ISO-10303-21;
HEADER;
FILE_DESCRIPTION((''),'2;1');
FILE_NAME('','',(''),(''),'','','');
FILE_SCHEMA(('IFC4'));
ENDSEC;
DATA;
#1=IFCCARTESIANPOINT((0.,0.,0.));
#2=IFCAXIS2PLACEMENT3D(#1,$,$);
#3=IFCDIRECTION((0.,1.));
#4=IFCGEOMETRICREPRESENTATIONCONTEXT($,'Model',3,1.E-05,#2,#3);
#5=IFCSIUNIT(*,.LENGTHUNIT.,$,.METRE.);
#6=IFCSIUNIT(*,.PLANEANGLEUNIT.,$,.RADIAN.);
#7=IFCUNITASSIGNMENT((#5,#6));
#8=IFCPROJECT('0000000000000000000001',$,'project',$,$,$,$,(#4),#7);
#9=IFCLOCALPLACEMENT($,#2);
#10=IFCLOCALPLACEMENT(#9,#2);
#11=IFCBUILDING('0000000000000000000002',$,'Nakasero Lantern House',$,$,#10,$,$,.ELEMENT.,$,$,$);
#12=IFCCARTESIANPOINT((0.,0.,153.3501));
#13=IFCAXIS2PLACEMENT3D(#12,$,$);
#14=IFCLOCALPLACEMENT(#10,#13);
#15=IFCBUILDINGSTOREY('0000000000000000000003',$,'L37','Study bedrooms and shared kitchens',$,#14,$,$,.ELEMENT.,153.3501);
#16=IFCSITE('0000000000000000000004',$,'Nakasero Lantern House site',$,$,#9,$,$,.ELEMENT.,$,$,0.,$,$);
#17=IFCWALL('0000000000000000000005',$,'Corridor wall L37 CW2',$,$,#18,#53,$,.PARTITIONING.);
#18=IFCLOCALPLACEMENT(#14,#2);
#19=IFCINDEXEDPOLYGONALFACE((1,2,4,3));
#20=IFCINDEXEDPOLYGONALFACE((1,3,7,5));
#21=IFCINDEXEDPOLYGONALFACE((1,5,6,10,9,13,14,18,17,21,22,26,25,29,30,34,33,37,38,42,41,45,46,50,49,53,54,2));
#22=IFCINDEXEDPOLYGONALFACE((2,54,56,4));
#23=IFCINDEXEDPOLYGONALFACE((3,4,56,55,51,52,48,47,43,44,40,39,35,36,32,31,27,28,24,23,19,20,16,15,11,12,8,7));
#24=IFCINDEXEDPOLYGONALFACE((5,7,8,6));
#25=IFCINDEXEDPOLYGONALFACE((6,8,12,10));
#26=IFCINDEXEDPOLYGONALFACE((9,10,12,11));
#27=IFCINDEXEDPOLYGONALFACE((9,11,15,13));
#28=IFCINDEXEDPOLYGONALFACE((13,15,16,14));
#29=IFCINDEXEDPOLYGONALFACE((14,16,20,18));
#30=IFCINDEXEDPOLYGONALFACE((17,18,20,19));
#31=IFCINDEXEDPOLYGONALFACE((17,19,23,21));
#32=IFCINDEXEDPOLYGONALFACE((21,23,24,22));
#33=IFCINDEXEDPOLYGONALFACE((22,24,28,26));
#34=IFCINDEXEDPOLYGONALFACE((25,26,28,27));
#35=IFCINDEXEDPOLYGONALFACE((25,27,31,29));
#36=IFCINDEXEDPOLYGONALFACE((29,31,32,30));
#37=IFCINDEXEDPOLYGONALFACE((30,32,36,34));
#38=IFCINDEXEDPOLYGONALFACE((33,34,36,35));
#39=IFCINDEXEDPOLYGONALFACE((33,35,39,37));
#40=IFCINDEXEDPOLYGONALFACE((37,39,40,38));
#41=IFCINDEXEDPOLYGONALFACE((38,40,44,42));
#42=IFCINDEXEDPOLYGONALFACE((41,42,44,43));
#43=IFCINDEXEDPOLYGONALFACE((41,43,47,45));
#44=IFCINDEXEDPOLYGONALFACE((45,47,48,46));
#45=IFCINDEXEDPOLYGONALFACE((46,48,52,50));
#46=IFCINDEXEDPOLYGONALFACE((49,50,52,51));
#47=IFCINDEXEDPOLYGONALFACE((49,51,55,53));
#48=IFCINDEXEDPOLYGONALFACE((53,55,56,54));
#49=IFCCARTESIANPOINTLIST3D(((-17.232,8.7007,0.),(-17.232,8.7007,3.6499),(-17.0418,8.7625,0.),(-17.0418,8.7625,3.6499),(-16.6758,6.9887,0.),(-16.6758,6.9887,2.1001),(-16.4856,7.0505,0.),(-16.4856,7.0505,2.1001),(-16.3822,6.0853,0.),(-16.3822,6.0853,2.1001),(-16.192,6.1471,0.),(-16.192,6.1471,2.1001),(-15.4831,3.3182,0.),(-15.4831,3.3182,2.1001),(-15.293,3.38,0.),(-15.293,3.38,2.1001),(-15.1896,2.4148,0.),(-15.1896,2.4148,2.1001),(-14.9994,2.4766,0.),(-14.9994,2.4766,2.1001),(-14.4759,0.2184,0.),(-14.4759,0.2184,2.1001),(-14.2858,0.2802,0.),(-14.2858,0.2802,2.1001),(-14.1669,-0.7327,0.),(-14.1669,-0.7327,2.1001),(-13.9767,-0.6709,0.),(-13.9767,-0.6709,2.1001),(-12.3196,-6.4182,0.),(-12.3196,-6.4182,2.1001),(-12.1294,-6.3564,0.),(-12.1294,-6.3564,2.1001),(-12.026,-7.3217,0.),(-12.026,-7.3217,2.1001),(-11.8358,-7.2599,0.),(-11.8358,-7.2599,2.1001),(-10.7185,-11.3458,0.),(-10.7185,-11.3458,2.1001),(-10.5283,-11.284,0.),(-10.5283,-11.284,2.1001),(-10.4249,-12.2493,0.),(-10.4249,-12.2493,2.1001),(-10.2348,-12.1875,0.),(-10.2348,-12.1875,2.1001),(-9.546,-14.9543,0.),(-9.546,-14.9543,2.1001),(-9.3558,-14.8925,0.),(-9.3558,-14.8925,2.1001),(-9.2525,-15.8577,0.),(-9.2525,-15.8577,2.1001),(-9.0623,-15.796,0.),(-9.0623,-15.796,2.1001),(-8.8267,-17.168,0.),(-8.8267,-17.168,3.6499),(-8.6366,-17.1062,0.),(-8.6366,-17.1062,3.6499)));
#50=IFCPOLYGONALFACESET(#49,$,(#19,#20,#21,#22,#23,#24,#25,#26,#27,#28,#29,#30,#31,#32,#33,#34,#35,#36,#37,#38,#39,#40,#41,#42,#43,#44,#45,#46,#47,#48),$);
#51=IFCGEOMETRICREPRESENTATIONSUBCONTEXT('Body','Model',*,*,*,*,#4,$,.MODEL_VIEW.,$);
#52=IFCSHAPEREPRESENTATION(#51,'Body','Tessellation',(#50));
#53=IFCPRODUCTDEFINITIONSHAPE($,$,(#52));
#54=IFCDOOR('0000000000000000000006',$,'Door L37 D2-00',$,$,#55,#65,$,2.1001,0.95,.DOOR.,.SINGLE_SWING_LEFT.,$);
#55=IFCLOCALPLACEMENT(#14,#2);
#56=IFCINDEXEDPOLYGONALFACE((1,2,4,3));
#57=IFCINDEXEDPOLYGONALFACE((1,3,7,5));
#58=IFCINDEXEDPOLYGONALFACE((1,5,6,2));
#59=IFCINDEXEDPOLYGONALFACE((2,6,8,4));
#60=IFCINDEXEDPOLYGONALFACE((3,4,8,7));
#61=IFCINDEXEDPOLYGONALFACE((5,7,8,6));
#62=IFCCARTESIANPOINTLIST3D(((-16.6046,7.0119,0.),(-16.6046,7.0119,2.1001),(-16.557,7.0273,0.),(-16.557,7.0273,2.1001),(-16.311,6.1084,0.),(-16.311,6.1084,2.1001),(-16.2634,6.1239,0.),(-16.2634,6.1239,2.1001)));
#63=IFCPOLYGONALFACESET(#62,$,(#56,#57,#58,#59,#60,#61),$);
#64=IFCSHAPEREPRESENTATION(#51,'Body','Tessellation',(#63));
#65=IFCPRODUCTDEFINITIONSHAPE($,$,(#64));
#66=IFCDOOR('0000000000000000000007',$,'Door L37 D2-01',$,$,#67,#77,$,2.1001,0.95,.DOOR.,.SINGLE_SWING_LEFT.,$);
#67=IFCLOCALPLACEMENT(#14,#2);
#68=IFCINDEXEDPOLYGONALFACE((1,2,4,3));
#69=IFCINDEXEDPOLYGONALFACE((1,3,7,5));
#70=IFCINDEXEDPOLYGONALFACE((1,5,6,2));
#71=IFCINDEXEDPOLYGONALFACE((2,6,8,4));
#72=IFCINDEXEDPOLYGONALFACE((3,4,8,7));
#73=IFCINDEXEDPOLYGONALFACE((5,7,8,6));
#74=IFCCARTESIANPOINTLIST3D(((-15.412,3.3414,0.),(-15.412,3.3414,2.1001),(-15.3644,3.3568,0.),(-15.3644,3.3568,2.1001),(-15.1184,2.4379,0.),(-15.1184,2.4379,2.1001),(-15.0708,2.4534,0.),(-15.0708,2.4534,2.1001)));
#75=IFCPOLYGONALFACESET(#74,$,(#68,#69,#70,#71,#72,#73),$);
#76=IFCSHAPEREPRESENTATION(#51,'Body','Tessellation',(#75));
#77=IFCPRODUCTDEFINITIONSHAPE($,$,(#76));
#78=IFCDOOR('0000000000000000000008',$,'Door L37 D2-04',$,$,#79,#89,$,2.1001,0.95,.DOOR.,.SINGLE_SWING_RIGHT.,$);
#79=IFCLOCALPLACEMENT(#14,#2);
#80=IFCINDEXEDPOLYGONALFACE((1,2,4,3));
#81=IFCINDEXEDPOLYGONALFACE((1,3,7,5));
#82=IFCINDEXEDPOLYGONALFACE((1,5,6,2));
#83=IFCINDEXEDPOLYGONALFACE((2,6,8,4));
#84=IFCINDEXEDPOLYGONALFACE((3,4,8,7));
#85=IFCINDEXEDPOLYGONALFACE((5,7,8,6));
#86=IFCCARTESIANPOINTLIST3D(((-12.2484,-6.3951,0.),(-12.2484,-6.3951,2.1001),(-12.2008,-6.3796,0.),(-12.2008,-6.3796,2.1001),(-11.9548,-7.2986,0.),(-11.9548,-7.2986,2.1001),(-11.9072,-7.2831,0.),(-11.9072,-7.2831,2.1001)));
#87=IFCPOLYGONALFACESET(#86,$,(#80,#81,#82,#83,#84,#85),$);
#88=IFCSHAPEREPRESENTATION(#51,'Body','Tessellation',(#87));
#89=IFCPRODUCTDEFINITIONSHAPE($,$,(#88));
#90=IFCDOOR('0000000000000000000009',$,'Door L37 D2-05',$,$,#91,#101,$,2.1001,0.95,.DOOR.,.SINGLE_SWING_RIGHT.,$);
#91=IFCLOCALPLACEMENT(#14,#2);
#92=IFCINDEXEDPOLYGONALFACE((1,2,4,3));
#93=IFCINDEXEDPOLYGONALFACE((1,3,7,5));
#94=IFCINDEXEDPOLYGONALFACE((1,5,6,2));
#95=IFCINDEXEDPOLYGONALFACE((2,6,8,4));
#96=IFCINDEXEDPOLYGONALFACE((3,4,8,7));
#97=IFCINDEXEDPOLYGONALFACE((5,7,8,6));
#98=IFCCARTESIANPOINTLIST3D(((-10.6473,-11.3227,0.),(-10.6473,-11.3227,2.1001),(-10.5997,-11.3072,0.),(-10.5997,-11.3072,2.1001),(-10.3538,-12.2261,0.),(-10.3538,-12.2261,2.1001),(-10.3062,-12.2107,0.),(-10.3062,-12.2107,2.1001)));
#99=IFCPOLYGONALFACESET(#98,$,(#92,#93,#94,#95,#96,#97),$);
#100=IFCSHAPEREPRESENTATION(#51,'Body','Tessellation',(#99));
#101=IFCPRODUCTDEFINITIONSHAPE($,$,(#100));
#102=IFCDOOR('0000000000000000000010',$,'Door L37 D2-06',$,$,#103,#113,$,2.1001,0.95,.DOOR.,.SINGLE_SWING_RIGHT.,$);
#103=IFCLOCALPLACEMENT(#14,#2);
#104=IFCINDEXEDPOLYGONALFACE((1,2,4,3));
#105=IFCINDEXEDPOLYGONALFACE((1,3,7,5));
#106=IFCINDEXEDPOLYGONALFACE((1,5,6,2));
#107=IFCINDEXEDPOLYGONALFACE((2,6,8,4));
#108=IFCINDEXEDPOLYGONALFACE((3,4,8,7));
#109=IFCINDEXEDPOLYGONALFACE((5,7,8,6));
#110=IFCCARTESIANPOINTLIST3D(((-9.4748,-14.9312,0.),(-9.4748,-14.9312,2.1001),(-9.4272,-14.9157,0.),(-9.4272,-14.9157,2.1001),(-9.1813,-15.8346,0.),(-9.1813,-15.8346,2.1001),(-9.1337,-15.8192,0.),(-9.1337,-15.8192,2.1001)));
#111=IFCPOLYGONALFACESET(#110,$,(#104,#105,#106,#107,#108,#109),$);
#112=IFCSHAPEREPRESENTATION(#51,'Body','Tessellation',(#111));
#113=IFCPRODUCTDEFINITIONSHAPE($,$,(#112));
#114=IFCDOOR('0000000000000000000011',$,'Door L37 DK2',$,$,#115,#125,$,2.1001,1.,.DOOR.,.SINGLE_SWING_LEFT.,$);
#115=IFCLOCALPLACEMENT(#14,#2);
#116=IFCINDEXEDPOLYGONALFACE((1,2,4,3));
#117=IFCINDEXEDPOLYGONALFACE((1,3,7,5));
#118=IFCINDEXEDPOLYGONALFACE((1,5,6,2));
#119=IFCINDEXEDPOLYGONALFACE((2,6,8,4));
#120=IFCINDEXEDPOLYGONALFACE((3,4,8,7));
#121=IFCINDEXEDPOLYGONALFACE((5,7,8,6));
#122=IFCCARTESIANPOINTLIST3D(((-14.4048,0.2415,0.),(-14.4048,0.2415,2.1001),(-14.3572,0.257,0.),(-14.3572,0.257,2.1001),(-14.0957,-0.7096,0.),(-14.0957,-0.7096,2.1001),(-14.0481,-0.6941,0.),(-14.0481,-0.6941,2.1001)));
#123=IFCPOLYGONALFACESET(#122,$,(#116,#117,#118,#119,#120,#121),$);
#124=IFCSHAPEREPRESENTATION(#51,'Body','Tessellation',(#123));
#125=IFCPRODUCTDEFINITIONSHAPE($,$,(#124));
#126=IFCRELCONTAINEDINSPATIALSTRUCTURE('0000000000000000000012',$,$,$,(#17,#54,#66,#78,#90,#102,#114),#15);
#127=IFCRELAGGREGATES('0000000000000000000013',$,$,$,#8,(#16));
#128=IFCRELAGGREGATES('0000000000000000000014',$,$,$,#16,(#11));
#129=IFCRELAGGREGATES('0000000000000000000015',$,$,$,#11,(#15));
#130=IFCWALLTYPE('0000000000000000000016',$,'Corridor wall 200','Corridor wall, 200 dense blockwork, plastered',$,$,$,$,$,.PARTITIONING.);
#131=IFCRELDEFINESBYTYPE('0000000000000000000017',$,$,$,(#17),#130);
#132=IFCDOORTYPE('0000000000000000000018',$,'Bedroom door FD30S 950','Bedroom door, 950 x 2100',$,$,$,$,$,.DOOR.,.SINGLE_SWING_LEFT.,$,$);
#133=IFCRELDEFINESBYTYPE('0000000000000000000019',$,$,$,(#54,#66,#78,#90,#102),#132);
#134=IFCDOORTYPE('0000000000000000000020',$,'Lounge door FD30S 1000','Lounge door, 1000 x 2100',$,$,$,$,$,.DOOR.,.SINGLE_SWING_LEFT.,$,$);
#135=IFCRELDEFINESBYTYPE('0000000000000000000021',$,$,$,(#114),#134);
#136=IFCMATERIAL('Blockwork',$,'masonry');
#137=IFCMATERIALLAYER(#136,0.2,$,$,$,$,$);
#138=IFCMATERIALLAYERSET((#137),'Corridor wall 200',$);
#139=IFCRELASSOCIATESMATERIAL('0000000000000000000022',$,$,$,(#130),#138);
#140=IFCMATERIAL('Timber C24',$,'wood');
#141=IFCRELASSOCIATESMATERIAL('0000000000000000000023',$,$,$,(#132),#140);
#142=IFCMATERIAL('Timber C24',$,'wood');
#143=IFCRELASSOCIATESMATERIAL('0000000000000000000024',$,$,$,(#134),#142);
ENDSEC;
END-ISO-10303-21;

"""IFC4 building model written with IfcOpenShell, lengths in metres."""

from ifc_helpers import new_model, si_unit, direction, frame, frame_2d, origin, place, context, subcontext, project, spatial, rectangle, extrude, material, layer, layer_set, type_object, element, fill, save


model = new_model("IFC4")

# Units and contexts
model_context = context("Model", 3, precision=1e-05, world=origin(), true_north=direction((0.0, 1.0)))
body_context = subcontext(model_context, "Body", "Model", "MODEL_VIEW")
ifc_project = project(units=[si_unit("LENGTHUNIT", "METRE"), si_unit("PLANEANGLEUNIT", "RADIAN")], contexts=[model_context])

# Site, building, storey
site_placement = place(None, origin())
site = spatial("IfcSite", under=ifc_project, at=site_placement, Name="Nakasero Lantern House site", CompositionType="ELEMENT", RefElevation=0.0)
building_placement = place(site_placement, origin())
building = spatial("IfcBuilding", under=site, at=building_placement, Name="Nakasero Lantern House", CompositionType="ELEMENT")
storey_placement = place(building_placement, frame((0.0, 0.0, 153.3501)))
storey = spatial("IfcBuildingStorey", under=building, at=storey_placement, Name="L37", Description="Study bedrooms and shared kitchens", CompositionType="ELEMENT", Elevation=153.3501)

# Wall, openings, doors
ifc_material_1 = material(Name="Blockwork", Category="masonry")
ifc_layer_1 = layer(ifc_material_1, 0.2)
ifc_layer_set_1 = layer_set([ifc_layer_1], Name="Corridor wall 200")
wall_type_1 = type_object("IfcWallType", Name="Corridor wall 200", Description="Corridor wall, 200 dense blockwork, plastered", PredefinedType="PARTITIONING", material=ifc_layer_set_1)
wall_1_placement = place(storey_placement, frame((-17.137, 8.7317, 0.0), z_axis=(0.0, 0.0, 1.0), x_axis=(0.309018, -0.951056, 0.0)))
wall_1 = element("IfcWall", 1, at=wall_1_placement, inside=storey, type_object=wall_type_1, Name="Corridor wall L37 CW2", PredefinedType="PARTITIONING", context=body_context, shape_type="SweptSolid", body=[
    extrude(rectangle(XDim=27.2, YDim=0.2, at=frame_2d((13.6001, 0.0))), origin(), (0.0, 0.0, 1.0), 3.6499),
])
opening_1_placement = place(wall_1_placement, frame((1.8, 0.0, 0.0)))
opening_1 = element("IfcOpeningElement", 2, at=opening_1_placement, cuts=wall_1, PredefinedType="OPENING", context=body_context, shape_type="SweptSolid", body=[
    extrude(rectangle(XDim=0.95, YDim=2.1001, at=frame_2d((0.4751, 1.05))), frame((0.0, 0.1199, 0.0), z_axis=(0.0, -1.0, 0.0), x_axis=(1.0, 0.0, 0.0)), (0.0, 0.0, 1.0), 0.24),
])
opening_2_placement = place(wall_1_placement, frame((5.6594, 0.0, 0.0)))
opening_2 = element("IfcOpeningElement", 3, at=opening_2_placement, cuts=wall_1, PredefinedType="OPENING", context=body_context, shape_type="SweptSolid", body=[
    extrude(rectangle(XDim=0.95, YDim=2.1001, at=frame_2d((0.4751, 1.05))), frame((0.0, 0.1199, 0.0), z_axis=(0.0, -1.0, 0.0), x_axis=(1.0, 0.0, 0.0)), (0.0, 0.0, 1.0), 0.24),
])
opening_3_placement = place(wall_1_placement, frame((15.897, 0.0, 0.0)))
opening_3 = element("IfcOpeningElement", 4, at=opening_3_placement, cuts=wall_1, PredefinedType="OPENING", context=body_context, shape_type="SweptSolid", body=[
    extrude(rectangle(XDim=0.95, YDim=2.1001, at=frame_2d((0.4751, 1.05))), frame((0.0, 0.1199, 0.0), z_axis=(0.0, -1.0, 0.0), x_axis=(1.0, 0.0, 0.0)), (0.0, 0.0, 1.0), 0.24),
])
opening_4_placement = place(wall_1_placement, frame((21.0781, 0.0, 0.0)))
opening_4 = element("IfcOpeningElement", 5, at=opening_4_placement, cuts=wall_1, PredefinedType="OPENING", context=body_context, shape_type="SweptSolid", body=[
    extrude(rectangle(XDim=0.95, YDim=2.1001, at=frame_2d((0.4751, 1.05))), frame((0.0, 0.1199, 0.0), z_axis=(0.0, -1.0, 0.0), x_axis=(1.0, 0.0, 0.0)), (0.0, 0.0, 1.0), 0.24),
])
opening_5_placement = place(wall_1_placement, frame((24.8723, 0.0, 0.0)))
opening_5 = element("IfcOpeningElement", 6, at=opening_5_placement, cuts=wall_1, PredefinedType="OPENING", context=body_context, shape_type="SweptSolid", body=[
    extrude(rectangle(XDim=0.95, YDim=2.1001, at=frame_2d((0.4751, 1.05))), frame((0.0, 0.1199, 0.0), z_axis=(0.0, -1.0, 0.0), x_axis=(1.0, 0.0, 0.0)), (0.0, 0.0, 1.0), 0.24),
])
opening_6_placement = place(wall_1_placement, frame((8.9189, 0.0, 0.0)))
opening_6 = element("IfcOpeningElement", 7, at=opening_6_placement, cuts=wall_1, PredefinedType="OPENING", context=body_context, shape_type="SweptSolid", body=[
    extrude(rectangle(XDim=1.0, YDim=2.1001, at=frame_2d((0.5, 1.05))), frame((0.0, 0.1199, 0.0), z_axis=(0.0, -1.0, 0.0), x_axis=(1.0, 0.0, 0.0)), (0.0, 0.0, 1.0), 0.24),
])
ifc_material_2 = material(Name="Timber C24", Category="wood")
door_type_1 = type_object("IfcDoorType", Name="Bedroom door FD30S 950", Description="Bedroom door, 950 x 2100", OperationType="SINGLE_SWING_LEFT", PredefinedType="DOOR", material=ifc_material_2)
door_1_placement = place(opening_1_placement, origin())
door_1 = element("IfcDoor", 8, at=door_1_placement, inside=storey, type_object=door_type_1, Name="Door L37 D2-00", OperationType="SINGLE_SWING_LEFT", OverallHeight=2.1001, OverallWidth=0.95, PredefinedType="DOOR", context=body_context, shape_type="SweptSolid", body=[
    extrude(rectangle(XDim=0.95, YDim=2.1001, at=frame_2d((0.4751, 1.05))), frame((0.0, 0.0249, 0.0), z_axis=(0.0, -1.0, 0.0), x_axis=(1.0, 0.0, 0.0)), (0.0, 0.0, 1.0), 0.05),
])
fill(opening_1, door_1)
door_2_placement = place(opening_2_placement, origin())
door_2 = element("IfcDoor", 9, at=door_2_placement, inside=storey, type_object=door_type_1, Name="Door L37 D2-01", OperationType="SINGLE_SWING_LEFT", OverallHeight=2.1001, OverallWidth=0.95, PredefinedType="DOOR", context=body_context, shape_type="SweptSolid", body=[
    extrude(rectangle(XDim=0.95, YDim=2.1001, at=frame_2d((0.4751, 1.05))), frame((0.0, 0.0249, 0.0), z_axis=(0.0, -1.0, 0.0), x_axis=(1.0, 0.0, 0.0)), (0.0, 0.0, 1.0), 0.05),
])
fill(opening_2, door_2)
door_3_placement = place(opening_3_placement, origin())
door_3 = element("IfcDoor", 10, at=door_3_placement, inside=storey, type_object=door_type_1, Name="Door L37 D2-04", OperationType="SINGLE_SWING_RIGHT", OverallHeight=2.1001, OverallWidth=0.95, PredefinedType="DOOR", context=body_context, shape_type="SweptSolid", body=[
    extrude(rectangle(XDim=0.95, YDim=2.1001, at=frame_2d((0.4751, 1.05))), frame((0.0, 0.0249, 0.0), z_axis=(0.0, -1.0, 0.0), x_axis=(1.0, 0.0, 0.0)), (0.0, 0.0, 1.0), 0.05),
])
fill(opening_3, door_3)
door_4_placement = place(opening_4_placement, origin())
door_4 = element("IfcDoor", 11, at=door_4_placement, inside=storey, type_object=door_type_1, Name="Door L37 D2-05", OperationType="SINGLE_SWING_RIGHT", OverallHeight=2.1001, OverallWidth=0.95, PredefinedType="DOOR", context=body_context, shape_type="SweptSolid", body=[
    extrude(rectangle(XDim=0.95, YDim=2.1001, at=frame_2d((0.4751, 1.05))), frame((0.0, 0.0249, 0.0), z_axis=(0.0, -1.0, 0.0), x_axis=(1.0, 0.0, 0.0)), (0.0, 0.0, 1.0), 0.05),
])
fill(opening_4, door_4)
door_5_placement = place(opening_5_placement, origin())
door_5 = element("IfcDoor", 12, at=door_5_placement, inside=storey, type_object=door_type_1, Name="Door L37 D2-06", OperationType="SINGLE_SWING_RIGHT", OverallHeight=2.1001, OverallWidth=0.95, PredefinedType="DOOR", context=body_context, shape_type="SweptSolid", body=[
    extrude(rectangle(XDim=0.95, YDim=2.1001, at=frame_2d((0.4751, 1.05))), frame((0.0, 0.0249, 0.0), z_axis=(0.0, -1.0, 0.0), x_axis=(1.0, 0.0, 0.0)), (0.0, 0.0, 1.0), 0.05),
])
fill(opening_5, door_5)
ifc_material_3 = material(Name="Timber C24", Category="wood")
door_type_2 = type_object("IfcDoorType", Name="Lounge door FD30S 1000", Description="Lounge door, 1000 x 2100", OperationType="SINGLE_SWING_LEFT", PredefinedType="DOOR", material=ifc_material_3)
door_6_placement = place(opening_6_placement, origin())
door_6 = element("IfcDoor", 13, at=door_6_placement, inside=storey, type_object=door_type_2, Name="Door L37 DK2", OperationType="SINGLE_SWING_LEFT", OverallHeight=2.1001, OverallWidth=1.0, PredefinedType="DOOR", context=body_context, shape_type="SweptSolid", body=[
    extrude(rectangle(XDim=1.0, YDim=2.1001, at=frame_2d((0.5, 1.05))), frame((0.0, 0.0249, 0.0), z_axis=(0.0, -1.0, 0.0), x_axis=(1.0, 0.0, 0.0)), (0.0, 0.0, 1.0), 0.05),
])
fill(opening_6, door_6)

save(model, "model.ifc")
